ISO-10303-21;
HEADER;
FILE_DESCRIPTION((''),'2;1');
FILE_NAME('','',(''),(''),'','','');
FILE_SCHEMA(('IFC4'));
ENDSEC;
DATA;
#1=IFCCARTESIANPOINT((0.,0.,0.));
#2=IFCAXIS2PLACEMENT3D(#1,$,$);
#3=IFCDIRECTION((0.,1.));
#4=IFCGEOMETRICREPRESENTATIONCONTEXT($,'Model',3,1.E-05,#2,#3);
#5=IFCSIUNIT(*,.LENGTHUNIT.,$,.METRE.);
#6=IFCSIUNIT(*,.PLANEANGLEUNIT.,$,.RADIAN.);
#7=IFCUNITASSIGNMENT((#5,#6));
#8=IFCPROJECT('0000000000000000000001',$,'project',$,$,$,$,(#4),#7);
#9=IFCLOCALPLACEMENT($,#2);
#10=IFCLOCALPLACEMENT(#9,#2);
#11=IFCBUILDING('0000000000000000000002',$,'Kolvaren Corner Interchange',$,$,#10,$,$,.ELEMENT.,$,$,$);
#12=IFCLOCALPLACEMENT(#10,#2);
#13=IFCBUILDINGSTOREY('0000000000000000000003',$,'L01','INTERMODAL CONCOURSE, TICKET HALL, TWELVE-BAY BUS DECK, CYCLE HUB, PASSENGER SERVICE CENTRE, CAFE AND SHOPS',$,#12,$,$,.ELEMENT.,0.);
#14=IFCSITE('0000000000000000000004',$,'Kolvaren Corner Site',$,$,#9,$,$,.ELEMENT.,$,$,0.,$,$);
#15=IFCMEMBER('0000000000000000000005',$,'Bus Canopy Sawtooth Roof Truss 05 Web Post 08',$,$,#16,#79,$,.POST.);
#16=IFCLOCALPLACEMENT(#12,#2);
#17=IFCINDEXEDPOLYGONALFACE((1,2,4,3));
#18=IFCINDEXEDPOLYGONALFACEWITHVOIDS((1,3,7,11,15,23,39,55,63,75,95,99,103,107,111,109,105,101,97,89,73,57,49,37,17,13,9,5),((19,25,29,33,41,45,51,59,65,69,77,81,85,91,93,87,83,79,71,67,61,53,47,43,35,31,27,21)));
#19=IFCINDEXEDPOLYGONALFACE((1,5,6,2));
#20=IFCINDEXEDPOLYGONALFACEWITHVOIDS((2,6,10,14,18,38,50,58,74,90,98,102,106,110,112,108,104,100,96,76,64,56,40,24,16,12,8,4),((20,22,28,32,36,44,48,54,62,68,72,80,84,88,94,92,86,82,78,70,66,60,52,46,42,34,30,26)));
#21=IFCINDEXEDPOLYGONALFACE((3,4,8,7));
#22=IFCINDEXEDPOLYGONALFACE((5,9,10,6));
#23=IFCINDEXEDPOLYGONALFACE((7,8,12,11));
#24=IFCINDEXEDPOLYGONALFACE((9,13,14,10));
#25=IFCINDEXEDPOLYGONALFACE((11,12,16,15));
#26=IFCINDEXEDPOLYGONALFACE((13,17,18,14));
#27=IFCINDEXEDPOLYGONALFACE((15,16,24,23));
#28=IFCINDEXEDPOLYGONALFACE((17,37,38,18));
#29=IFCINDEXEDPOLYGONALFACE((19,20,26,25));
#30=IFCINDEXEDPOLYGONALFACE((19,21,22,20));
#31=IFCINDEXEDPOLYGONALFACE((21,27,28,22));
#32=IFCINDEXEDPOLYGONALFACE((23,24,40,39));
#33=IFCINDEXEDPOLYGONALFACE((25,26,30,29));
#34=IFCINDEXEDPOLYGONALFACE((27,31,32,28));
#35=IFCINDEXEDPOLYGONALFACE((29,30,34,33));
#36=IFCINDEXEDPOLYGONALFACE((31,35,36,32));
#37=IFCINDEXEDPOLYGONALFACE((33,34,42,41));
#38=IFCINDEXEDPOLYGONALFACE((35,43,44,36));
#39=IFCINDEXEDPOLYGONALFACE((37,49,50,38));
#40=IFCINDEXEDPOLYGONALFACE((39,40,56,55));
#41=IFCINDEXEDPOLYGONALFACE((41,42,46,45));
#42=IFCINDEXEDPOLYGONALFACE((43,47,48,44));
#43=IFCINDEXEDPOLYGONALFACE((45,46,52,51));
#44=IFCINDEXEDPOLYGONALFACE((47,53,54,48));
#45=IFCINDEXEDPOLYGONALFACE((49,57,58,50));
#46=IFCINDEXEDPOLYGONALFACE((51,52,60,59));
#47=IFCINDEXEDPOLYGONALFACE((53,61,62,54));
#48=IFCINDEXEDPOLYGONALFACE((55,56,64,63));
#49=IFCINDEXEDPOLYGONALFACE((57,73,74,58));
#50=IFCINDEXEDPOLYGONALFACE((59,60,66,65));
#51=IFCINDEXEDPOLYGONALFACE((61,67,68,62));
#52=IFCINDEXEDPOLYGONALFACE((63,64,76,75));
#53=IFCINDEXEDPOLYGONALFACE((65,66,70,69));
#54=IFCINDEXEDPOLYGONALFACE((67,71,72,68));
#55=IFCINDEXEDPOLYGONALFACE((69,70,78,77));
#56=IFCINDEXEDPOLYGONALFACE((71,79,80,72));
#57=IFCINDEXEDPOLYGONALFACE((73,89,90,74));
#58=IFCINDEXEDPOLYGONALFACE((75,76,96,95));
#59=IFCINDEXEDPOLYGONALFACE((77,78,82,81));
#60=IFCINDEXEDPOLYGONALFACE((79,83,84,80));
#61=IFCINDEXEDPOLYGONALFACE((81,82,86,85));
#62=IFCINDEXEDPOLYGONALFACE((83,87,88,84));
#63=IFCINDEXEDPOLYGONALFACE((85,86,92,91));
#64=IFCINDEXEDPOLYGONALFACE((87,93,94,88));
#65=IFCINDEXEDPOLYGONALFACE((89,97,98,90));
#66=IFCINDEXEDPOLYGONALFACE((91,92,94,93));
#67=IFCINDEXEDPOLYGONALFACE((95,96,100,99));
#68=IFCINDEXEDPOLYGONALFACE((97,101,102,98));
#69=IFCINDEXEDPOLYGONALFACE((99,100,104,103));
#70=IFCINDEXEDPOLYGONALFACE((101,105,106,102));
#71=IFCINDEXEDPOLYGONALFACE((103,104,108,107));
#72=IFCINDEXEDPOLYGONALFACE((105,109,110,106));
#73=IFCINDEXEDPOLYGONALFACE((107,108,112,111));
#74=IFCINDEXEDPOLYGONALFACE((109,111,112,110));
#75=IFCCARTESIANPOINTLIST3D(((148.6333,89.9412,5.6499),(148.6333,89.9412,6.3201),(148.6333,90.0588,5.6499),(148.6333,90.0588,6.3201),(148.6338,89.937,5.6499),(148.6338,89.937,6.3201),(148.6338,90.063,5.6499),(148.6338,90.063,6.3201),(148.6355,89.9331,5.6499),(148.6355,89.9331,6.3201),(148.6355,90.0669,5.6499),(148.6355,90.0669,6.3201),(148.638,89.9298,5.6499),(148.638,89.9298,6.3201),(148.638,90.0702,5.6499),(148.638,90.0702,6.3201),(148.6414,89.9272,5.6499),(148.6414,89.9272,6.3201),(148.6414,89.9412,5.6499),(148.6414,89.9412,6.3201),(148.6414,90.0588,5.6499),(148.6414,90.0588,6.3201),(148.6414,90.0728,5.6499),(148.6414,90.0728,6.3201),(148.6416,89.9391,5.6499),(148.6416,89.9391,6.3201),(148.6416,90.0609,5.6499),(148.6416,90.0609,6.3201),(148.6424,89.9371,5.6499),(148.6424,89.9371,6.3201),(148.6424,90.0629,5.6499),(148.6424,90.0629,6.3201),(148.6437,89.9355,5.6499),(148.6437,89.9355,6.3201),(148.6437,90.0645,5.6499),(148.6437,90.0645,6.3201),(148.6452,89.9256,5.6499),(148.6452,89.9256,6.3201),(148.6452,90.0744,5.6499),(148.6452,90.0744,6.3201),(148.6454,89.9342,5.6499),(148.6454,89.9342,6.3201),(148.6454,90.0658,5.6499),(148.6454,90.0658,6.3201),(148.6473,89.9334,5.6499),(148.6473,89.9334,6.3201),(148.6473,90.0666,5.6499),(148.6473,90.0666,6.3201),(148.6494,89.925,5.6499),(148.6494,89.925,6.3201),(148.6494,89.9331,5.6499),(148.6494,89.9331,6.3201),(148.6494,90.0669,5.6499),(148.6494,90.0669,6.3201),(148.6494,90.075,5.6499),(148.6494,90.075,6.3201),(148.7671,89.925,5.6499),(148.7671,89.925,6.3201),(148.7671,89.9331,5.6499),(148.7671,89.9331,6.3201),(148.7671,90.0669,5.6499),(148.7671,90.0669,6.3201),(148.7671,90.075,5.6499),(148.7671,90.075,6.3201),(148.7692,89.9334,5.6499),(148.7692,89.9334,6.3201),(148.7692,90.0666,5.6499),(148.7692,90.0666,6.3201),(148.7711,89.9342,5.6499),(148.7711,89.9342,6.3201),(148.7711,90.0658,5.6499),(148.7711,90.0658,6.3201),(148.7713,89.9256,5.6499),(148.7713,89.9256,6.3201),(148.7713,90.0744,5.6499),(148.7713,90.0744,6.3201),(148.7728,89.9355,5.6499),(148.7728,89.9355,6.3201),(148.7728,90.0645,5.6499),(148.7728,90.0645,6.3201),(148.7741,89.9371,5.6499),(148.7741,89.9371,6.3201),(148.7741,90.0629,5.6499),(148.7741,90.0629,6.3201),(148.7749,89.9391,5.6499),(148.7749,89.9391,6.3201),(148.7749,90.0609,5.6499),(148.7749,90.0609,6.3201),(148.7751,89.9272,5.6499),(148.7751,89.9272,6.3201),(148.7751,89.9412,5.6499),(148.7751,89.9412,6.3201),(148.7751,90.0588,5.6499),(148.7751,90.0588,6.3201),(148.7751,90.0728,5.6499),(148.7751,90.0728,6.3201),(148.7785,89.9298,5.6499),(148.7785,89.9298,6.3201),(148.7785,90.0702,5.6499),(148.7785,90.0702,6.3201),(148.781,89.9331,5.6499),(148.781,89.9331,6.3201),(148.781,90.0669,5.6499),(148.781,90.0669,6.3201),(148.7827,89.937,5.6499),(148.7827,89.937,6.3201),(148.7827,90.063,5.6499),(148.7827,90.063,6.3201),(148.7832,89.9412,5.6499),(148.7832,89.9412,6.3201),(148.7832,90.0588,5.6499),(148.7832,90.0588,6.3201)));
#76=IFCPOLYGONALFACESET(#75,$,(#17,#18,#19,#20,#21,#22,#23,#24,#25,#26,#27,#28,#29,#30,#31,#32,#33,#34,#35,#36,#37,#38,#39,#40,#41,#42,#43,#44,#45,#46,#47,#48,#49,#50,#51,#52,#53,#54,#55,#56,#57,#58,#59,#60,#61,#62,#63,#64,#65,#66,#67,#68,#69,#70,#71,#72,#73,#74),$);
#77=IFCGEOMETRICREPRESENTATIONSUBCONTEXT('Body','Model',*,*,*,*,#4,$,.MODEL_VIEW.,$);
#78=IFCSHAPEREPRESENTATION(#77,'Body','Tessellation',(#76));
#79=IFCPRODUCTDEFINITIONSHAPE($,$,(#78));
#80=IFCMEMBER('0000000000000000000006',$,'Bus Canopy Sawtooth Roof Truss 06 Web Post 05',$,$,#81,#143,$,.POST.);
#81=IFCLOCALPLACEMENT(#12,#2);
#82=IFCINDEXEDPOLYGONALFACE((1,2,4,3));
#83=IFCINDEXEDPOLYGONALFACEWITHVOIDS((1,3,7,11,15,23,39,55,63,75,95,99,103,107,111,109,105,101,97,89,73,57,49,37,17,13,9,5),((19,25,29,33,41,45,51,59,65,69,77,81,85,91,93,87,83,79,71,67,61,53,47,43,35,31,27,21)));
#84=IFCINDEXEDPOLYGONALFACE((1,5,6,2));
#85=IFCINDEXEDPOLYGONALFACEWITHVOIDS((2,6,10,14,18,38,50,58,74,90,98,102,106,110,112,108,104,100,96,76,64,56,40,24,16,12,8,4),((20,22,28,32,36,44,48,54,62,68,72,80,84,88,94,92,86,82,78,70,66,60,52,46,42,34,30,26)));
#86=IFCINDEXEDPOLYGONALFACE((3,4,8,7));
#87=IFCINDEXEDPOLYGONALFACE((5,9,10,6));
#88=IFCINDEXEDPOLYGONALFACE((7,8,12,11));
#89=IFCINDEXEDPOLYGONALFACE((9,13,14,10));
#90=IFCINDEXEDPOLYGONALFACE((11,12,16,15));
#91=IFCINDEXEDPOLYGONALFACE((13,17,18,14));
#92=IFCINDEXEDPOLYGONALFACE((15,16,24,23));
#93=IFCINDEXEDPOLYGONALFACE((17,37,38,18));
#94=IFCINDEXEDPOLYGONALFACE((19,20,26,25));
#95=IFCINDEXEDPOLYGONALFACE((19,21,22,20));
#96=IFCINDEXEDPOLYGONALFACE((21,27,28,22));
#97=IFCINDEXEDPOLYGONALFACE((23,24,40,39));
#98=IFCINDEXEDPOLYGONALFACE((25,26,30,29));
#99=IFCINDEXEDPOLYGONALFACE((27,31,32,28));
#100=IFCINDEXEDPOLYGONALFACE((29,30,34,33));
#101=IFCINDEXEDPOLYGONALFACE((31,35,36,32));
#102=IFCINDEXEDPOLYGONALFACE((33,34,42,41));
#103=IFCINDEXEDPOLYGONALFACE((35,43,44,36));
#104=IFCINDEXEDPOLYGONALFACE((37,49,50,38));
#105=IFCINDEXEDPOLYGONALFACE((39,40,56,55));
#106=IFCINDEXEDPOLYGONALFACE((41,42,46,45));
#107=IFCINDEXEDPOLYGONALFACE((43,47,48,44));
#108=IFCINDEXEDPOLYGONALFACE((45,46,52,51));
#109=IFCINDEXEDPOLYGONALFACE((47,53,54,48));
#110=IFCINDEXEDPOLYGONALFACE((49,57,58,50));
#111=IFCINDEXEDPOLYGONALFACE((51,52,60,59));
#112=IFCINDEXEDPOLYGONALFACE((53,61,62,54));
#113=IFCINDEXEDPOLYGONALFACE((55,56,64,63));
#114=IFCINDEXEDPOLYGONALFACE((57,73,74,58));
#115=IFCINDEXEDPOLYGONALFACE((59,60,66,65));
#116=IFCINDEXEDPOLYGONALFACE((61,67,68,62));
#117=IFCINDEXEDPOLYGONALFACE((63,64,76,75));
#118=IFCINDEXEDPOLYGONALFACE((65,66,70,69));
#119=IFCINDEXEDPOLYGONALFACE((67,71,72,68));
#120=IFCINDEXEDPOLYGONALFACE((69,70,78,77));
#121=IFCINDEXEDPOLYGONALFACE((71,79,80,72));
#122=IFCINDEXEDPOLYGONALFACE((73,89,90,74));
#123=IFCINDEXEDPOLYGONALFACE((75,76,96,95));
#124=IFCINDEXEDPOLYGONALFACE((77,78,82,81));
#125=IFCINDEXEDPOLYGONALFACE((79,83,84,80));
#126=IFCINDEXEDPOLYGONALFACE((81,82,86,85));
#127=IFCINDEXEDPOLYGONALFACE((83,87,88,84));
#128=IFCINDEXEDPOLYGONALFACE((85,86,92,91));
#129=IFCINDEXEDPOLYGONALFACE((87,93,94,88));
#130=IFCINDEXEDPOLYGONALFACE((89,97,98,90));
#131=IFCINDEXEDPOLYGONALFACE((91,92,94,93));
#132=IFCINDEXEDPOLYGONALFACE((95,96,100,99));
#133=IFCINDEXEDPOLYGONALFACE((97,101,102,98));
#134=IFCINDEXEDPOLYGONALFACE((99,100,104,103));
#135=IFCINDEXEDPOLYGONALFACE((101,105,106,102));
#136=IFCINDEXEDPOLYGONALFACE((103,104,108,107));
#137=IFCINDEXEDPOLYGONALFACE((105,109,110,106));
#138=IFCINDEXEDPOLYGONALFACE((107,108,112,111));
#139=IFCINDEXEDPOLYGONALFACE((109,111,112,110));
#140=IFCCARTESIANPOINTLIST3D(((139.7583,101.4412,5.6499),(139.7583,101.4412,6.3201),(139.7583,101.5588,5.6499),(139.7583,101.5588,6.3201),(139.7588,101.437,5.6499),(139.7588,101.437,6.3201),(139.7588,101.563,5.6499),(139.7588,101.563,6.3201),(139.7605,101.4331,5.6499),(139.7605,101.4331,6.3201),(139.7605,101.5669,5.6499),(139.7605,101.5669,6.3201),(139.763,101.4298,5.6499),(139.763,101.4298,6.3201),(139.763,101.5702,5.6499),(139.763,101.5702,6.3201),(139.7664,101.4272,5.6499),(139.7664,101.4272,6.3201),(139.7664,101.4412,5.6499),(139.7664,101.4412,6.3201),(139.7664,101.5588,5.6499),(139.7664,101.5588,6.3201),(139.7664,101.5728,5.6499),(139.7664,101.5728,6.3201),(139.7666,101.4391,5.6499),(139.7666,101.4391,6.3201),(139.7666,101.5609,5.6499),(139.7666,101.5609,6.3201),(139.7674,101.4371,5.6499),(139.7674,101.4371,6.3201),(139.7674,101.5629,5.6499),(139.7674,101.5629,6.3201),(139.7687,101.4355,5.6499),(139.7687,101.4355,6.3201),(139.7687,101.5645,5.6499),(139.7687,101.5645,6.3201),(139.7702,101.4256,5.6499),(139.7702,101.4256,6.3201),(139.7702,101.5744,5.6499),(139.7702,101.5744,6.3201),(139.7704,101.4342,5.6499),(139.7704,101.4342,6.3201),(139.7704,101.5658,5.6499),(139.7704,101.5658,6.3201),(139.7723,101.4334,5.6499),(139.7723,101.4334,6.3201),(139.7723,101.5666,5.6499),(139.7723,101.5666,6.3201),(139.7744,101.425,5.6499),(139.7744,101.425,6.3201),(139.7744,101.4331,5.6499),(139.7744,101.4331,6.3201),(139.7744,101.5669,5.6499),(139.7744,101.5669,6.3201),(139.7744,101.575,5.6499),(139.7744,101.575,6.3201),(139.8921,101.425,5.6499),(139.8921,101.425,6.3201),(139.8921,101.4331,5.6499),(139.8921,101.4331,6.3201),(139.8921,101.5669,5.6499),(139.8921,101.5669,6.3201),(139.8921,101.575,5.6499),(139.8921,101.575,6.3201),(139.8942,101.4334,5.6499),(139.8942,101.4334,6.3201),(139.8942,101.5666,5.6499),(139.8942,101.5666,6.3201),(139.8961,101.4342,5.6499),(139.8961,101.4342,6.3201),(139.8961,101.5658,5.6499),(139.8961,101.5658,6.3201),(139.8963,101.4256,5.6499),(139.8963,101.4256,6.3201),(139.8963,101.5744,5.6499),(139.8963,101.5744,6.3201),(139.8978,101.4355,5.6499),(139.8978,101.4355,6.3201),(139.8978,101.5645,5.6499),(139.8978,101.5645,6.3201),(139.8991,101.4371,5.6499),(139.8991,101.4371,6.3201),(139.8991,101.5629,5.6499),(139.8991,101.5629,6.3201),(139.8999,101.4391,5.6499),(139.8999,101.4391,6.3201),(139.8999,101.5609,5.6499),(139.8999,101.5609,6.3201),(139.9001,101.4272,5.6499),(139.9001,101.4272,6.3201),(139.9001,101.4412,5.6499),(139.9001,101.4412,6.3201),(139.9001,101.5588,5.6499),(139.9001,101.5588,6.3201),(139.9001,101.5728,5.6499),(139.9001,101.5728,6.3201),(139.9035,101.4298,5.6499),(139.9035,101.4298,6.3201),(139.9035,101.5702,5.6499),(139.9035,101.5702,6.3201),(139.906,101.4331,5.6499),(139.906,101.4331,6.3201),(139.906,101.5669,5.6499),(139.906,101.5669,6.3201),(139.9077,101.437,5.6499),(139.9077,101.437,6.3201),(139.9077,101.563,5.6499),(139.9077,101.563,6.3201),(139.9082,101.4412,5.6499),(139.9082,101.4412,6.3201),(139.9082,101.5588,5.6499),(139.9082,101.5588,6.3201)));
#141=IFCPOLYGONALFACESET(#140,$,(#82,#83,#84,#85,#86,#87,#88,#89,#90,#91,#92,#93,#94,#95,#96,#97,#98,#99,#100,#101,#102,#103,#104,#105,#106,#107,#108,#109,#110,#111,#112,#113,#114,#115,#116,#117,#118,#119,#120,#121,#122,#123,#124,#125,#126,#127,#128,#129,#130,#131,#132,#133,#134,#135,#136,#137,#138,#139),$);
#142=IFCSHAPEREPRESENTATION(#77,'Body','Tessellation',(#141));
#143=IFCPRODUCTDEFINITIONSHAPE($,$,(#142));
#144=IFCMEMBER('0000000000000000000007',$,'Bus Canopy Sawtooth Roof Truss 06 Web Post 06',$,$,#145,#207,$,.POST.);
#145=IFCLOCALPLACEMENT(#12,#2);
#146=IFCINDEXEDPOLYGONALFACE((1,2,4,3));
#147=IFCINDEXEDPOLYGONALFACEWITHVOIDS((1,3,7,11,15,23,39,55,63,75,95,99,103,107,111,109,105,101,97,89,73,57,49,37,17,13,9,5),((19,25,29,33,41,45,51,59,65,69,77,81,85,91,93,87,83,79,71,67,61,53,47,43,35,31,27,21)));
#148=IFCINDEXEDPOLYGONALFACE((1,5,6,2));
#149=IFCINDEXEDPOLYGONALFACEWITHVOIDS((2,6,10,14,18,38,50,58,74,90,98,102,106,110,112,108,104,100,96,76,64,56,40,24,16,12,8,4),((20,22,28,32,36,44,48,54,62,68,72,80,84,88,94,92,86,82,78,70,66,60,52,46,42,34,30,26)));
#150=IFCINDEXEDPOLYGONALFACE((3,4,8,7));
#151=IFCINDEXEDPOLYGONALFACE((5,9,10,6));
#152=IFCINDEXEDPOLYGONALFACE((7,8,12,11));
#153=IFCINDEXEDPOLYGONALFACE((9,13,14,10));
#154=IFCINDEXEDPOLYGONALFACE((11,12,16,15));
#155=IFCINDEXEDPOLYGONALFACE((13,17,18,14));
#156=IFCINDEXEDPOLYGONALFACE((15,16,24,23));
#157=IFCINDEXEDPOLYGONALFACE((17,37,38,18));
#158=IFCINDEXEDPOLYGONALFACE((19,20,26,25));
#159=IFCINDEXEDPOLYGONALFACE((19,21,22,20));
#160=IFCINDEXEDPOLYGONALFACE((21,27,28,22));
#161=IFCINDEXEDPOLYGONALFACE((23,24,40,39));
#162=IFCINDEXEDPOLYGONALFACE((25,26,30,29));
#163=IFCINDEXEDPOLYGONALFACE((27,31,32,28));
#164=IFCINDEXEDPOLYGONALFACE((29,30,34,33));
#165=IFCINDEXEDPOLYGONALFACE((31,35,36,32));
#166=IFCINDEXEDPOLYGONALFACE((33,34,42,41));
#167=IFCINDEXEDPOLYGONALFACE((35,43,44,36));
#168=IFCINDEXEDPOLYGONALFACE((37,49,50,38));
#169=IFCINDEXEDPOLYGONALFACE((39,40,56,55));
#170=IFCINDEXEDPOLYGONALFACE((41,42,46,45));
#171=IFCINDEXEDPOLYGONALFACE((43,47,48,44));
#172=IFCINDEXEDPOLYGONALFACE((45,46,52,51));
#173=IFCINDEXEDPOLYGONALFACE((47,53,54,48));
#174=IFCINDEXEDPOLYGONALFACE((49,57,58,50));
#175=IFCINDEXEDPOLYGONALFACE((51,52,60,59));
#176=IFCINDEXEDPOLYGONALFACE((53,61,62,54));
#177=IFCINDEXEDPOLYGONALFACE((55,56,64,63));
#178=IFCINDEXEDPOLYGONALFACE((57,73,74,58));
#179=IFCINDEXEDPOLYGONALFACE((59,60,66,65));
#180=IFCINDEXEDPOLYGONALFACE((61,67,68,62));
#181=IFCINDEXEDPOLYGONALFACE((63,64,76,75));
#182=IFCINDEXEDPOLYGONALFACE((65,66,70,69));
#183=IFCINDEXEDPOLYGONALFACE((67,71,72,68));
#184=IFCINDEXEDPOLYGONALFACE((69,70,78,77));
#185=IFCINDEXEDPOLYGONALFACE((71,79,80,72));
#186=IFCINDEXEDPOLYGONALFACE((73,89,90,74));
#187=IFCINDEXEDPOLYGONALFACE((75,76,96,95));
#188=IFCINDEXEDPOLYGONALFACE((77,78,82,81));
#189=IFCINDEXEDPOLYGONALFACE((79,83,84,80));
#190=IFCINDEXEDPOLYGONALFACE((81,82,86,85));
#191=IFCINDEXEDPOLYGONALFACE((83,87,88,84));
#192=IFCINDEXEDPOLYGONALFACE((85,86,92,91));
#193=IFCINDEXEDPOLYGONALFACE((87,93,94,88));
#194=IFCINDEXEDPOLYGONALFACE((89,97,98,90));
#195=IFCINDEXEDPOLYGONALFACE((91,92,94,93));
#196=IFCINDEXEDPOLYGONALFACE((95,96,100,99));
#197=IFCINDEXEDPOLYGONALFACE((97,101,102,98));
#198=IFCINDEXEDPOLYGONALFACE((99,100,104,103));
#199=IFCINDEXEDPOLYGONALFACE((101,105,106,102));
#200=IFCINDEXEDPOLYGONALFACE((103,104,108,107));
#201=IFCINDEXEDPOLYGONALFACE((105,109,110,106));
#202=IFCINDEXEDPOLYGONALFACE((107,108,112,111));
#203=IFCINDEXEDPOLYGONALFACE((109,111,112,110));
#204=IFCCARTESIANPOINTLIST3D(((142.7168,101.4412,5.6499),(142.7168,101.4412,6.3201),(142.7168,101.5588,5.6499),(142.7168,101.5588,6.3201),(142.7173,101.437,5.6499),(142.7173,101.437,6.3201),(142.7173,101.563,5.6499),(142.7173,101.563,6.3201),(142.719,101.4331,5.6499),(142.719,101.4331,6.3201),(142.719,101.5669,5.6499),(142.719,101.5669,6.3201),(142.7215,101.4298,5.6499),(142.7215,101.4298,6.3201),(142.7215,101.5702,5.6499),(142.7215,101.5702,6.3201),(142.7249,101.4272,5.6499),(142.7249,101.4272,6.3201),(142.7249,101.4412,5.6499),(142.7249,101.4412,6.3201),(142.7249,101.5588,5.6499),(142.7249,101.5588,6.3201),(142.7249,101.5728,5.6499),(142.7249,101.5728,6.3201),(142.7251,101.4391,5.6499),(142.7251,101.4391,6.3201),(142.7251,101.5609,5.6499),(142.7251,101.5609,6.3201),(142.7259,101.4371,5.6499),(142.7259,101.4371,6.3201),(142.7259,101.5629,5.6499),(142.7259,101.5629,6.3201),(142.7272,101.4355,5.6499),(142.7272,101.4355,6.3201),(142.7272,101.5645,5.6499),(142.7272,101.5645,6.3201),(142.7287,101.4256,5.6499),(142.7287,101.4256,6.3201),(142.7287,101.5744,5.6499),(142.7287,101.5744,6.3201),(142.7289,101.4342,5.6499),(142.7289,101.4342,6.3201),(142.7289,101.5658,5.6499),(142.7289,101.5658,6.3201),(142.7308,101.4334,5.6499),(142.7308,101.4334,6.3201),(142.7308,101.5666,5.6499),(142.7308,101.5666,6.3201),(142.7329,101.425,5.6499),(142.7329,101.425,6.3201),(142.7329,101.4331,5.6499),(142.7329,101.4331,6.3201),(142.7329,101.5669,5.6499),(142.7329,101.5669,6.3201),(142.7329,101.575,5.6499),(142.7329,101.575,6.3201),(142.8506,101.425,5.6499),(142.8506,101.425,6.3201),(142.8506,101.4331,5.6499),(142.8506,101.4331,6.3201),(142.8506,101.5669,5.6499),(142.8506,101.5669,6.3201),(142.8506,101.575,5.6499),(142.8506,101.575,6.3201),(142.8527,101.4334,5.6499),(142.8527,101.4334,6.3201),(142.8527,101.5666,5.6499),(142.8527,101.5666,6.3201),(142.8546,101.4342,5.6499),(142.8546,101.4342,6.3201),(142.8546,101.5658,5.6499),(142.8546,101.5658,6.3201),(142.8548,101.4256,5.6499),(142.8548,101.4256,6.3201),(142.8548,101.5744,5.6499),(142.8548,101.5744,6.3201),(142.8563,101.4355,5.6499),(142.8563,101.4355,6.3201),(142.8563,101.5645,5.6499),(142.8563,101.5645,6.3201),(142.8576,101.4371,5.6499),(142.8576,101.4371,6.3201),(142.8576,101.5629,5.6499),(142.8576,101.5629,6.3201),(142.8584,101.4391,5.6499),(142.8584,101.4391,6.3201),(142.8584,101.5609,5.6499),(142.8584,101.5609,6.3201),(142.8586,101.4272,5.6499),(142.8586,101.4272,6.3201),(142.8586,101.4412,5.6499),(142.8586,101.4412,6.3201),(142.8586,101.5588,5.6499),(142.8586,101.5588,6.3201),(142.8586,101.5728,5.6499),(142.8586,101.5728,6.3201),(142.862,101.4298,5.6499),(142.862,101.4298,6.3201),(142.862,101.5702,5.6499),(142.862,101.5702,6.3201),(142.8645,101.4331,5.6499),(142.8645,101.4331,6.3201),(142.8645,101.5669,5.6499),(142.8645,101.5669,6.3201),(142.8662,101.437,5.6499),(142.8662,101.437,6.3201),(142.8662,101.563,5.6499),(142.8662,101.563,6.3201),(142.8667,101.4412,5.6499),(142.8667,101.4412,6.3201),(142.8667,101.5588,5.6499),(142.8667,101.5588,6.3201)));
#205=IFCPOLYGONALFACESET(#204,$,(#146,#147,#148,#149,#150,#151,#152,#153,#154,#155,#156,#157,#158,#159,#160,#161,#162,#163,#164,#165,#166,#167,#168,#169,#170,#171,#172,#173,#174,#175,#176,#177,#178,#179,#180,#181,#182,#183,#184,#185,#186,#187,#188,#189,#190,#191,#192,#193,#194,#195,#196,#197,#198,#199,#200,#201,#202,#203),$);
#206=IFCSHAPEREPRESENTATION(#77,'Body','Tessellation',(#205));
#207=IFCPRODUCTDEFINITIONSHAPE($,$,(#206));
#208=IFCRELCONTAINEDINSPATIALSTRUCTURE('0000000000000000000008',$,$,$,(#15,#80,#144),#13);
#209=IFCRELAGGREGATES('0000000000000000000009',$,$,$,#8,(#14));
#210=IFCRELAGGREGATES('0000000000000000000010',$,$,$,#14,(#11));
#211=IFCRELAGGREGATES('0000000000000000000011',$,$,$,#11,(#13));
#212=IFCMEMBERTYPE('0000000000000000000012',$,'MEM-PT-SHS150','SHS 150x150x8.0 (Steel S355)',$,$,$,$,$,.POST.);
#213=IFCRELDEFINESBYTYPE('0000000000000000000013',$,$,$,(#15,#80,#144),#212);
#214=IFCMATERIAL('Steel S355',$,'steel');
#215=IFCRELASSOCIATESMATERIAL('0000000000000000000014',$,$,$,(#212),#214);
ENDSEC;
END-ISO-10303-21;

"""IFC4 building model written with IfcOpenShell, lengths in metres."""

from ifc_helpers import new_model, si_unit, direction, frame, origin, origin_2d, place, context, subcontext, project, spatial, hollow_rectangle, extrude, material, material_profile, profile_set, type_object, element, save


model = new_model("IFC4")

# Units and contexts
model_context = context("Model", 3, precision=1e-05, world=origin(), true_north=direction((0.0, 1.0)))
body_context = subcontext(model_context, "Body", "Model", "MODEL_VIEW")
ifc_project = project(units=[si_unit("LENGTHUNIT", "METRE"), si_unit("PLANEANGLEUNIT", "RADIAN")], contexts=[model_context])

# Site, building, storey
site_placement = place(None, origin())
site = spatial("IfcSite", under=ifc_project, at=site_placement, Name="Kolvaren Corner Site", CompositionType="ELEMENT", RefElevation=0.0)
building_placement = place(site_placement, origin())
building = spatial("IfcBuilding", under=site, at=building_placement, Name="Kolvaren Corner Interchange", CompositionType="ELEMENT")
storey_placement = place(building_placement, origin())
storey = spatial("IfcBuildingStorey", under=building, at=storey_placement, Name="L01", Description="INTERMODAL CONCOURSE, TICKET HALL, TWELVE-BAY BUS DECK, CYCLE HUB, PASSENGER SERVICE CENTRE, CAFE AND SHOPS", CompositionType="ELEMENT", Elevation=0.0)

# Members
ifc_material_1 = material(Name="Steel S355", Category="steel")
ifc_material_profile_1 = material_profile(ifc_material_1, hollow_rectangle(XDim=0.1499, YDim=0.1499, WallThickness=0.0081, InnerFilletRadius=0.0081, OuterFilletRadius=0.0161, at=origin_2d()), Name="SHS 150x150x8.0")
ifc_profile_set_1 = profile_set([ifc_material_profile_1], Name="Steel S355")
member_type_1 = type_object("IfcMemberType", Name="MEM-PT-SHS150", Description="SHS 150x150x8.0 (Steel S355)", PredefinedType="POST", material=ifc_profile_set_1)
for number, where, z_axis, x_axis, name in (
    (1, (148.7083, 90.0, 5.6499), (0.0, 0.0, 1.0), (1.0, 0.0, 0.0), "Bus Canopy Sawtooth Roof Truss 05 Web Post 08"),
    (2, (139.8333, 101.5, 5.6499), (0.0, 0.0, 1.0), (1.0, 0.0, 0.0), "Bus Canopy Sawtooth Roof Truss 06 Web Post 05"),
    (3, (142.7917, 101.5, 5.6499), (0.0, 0.0, 1.0), (1.0, 0.0, 0.0), "Bus Canopy Sawtooth Roof Truss 06 Web Post 06"),
):
    element("IfcMember", number, at=place(storey_placement, frame(where, z_axis=z_axis, x_axis=x_axis)), inside=storey, type_object=member_type_1, Name=name, PredefinedType="POST", context=body_context, shape_type="SweptSolid", body=[
        extrude(hollow_rectangle(XDim=0.1499, YDim=0.1499, WallThickness=0.0081, InnerFilletRadius=0.0081, OuterFilletRadius=0.0161, at=origin_2d()), origin(), (0.0, 0.0, 1.0), 0.6702),
    ])

save(model, "model.ifc")
